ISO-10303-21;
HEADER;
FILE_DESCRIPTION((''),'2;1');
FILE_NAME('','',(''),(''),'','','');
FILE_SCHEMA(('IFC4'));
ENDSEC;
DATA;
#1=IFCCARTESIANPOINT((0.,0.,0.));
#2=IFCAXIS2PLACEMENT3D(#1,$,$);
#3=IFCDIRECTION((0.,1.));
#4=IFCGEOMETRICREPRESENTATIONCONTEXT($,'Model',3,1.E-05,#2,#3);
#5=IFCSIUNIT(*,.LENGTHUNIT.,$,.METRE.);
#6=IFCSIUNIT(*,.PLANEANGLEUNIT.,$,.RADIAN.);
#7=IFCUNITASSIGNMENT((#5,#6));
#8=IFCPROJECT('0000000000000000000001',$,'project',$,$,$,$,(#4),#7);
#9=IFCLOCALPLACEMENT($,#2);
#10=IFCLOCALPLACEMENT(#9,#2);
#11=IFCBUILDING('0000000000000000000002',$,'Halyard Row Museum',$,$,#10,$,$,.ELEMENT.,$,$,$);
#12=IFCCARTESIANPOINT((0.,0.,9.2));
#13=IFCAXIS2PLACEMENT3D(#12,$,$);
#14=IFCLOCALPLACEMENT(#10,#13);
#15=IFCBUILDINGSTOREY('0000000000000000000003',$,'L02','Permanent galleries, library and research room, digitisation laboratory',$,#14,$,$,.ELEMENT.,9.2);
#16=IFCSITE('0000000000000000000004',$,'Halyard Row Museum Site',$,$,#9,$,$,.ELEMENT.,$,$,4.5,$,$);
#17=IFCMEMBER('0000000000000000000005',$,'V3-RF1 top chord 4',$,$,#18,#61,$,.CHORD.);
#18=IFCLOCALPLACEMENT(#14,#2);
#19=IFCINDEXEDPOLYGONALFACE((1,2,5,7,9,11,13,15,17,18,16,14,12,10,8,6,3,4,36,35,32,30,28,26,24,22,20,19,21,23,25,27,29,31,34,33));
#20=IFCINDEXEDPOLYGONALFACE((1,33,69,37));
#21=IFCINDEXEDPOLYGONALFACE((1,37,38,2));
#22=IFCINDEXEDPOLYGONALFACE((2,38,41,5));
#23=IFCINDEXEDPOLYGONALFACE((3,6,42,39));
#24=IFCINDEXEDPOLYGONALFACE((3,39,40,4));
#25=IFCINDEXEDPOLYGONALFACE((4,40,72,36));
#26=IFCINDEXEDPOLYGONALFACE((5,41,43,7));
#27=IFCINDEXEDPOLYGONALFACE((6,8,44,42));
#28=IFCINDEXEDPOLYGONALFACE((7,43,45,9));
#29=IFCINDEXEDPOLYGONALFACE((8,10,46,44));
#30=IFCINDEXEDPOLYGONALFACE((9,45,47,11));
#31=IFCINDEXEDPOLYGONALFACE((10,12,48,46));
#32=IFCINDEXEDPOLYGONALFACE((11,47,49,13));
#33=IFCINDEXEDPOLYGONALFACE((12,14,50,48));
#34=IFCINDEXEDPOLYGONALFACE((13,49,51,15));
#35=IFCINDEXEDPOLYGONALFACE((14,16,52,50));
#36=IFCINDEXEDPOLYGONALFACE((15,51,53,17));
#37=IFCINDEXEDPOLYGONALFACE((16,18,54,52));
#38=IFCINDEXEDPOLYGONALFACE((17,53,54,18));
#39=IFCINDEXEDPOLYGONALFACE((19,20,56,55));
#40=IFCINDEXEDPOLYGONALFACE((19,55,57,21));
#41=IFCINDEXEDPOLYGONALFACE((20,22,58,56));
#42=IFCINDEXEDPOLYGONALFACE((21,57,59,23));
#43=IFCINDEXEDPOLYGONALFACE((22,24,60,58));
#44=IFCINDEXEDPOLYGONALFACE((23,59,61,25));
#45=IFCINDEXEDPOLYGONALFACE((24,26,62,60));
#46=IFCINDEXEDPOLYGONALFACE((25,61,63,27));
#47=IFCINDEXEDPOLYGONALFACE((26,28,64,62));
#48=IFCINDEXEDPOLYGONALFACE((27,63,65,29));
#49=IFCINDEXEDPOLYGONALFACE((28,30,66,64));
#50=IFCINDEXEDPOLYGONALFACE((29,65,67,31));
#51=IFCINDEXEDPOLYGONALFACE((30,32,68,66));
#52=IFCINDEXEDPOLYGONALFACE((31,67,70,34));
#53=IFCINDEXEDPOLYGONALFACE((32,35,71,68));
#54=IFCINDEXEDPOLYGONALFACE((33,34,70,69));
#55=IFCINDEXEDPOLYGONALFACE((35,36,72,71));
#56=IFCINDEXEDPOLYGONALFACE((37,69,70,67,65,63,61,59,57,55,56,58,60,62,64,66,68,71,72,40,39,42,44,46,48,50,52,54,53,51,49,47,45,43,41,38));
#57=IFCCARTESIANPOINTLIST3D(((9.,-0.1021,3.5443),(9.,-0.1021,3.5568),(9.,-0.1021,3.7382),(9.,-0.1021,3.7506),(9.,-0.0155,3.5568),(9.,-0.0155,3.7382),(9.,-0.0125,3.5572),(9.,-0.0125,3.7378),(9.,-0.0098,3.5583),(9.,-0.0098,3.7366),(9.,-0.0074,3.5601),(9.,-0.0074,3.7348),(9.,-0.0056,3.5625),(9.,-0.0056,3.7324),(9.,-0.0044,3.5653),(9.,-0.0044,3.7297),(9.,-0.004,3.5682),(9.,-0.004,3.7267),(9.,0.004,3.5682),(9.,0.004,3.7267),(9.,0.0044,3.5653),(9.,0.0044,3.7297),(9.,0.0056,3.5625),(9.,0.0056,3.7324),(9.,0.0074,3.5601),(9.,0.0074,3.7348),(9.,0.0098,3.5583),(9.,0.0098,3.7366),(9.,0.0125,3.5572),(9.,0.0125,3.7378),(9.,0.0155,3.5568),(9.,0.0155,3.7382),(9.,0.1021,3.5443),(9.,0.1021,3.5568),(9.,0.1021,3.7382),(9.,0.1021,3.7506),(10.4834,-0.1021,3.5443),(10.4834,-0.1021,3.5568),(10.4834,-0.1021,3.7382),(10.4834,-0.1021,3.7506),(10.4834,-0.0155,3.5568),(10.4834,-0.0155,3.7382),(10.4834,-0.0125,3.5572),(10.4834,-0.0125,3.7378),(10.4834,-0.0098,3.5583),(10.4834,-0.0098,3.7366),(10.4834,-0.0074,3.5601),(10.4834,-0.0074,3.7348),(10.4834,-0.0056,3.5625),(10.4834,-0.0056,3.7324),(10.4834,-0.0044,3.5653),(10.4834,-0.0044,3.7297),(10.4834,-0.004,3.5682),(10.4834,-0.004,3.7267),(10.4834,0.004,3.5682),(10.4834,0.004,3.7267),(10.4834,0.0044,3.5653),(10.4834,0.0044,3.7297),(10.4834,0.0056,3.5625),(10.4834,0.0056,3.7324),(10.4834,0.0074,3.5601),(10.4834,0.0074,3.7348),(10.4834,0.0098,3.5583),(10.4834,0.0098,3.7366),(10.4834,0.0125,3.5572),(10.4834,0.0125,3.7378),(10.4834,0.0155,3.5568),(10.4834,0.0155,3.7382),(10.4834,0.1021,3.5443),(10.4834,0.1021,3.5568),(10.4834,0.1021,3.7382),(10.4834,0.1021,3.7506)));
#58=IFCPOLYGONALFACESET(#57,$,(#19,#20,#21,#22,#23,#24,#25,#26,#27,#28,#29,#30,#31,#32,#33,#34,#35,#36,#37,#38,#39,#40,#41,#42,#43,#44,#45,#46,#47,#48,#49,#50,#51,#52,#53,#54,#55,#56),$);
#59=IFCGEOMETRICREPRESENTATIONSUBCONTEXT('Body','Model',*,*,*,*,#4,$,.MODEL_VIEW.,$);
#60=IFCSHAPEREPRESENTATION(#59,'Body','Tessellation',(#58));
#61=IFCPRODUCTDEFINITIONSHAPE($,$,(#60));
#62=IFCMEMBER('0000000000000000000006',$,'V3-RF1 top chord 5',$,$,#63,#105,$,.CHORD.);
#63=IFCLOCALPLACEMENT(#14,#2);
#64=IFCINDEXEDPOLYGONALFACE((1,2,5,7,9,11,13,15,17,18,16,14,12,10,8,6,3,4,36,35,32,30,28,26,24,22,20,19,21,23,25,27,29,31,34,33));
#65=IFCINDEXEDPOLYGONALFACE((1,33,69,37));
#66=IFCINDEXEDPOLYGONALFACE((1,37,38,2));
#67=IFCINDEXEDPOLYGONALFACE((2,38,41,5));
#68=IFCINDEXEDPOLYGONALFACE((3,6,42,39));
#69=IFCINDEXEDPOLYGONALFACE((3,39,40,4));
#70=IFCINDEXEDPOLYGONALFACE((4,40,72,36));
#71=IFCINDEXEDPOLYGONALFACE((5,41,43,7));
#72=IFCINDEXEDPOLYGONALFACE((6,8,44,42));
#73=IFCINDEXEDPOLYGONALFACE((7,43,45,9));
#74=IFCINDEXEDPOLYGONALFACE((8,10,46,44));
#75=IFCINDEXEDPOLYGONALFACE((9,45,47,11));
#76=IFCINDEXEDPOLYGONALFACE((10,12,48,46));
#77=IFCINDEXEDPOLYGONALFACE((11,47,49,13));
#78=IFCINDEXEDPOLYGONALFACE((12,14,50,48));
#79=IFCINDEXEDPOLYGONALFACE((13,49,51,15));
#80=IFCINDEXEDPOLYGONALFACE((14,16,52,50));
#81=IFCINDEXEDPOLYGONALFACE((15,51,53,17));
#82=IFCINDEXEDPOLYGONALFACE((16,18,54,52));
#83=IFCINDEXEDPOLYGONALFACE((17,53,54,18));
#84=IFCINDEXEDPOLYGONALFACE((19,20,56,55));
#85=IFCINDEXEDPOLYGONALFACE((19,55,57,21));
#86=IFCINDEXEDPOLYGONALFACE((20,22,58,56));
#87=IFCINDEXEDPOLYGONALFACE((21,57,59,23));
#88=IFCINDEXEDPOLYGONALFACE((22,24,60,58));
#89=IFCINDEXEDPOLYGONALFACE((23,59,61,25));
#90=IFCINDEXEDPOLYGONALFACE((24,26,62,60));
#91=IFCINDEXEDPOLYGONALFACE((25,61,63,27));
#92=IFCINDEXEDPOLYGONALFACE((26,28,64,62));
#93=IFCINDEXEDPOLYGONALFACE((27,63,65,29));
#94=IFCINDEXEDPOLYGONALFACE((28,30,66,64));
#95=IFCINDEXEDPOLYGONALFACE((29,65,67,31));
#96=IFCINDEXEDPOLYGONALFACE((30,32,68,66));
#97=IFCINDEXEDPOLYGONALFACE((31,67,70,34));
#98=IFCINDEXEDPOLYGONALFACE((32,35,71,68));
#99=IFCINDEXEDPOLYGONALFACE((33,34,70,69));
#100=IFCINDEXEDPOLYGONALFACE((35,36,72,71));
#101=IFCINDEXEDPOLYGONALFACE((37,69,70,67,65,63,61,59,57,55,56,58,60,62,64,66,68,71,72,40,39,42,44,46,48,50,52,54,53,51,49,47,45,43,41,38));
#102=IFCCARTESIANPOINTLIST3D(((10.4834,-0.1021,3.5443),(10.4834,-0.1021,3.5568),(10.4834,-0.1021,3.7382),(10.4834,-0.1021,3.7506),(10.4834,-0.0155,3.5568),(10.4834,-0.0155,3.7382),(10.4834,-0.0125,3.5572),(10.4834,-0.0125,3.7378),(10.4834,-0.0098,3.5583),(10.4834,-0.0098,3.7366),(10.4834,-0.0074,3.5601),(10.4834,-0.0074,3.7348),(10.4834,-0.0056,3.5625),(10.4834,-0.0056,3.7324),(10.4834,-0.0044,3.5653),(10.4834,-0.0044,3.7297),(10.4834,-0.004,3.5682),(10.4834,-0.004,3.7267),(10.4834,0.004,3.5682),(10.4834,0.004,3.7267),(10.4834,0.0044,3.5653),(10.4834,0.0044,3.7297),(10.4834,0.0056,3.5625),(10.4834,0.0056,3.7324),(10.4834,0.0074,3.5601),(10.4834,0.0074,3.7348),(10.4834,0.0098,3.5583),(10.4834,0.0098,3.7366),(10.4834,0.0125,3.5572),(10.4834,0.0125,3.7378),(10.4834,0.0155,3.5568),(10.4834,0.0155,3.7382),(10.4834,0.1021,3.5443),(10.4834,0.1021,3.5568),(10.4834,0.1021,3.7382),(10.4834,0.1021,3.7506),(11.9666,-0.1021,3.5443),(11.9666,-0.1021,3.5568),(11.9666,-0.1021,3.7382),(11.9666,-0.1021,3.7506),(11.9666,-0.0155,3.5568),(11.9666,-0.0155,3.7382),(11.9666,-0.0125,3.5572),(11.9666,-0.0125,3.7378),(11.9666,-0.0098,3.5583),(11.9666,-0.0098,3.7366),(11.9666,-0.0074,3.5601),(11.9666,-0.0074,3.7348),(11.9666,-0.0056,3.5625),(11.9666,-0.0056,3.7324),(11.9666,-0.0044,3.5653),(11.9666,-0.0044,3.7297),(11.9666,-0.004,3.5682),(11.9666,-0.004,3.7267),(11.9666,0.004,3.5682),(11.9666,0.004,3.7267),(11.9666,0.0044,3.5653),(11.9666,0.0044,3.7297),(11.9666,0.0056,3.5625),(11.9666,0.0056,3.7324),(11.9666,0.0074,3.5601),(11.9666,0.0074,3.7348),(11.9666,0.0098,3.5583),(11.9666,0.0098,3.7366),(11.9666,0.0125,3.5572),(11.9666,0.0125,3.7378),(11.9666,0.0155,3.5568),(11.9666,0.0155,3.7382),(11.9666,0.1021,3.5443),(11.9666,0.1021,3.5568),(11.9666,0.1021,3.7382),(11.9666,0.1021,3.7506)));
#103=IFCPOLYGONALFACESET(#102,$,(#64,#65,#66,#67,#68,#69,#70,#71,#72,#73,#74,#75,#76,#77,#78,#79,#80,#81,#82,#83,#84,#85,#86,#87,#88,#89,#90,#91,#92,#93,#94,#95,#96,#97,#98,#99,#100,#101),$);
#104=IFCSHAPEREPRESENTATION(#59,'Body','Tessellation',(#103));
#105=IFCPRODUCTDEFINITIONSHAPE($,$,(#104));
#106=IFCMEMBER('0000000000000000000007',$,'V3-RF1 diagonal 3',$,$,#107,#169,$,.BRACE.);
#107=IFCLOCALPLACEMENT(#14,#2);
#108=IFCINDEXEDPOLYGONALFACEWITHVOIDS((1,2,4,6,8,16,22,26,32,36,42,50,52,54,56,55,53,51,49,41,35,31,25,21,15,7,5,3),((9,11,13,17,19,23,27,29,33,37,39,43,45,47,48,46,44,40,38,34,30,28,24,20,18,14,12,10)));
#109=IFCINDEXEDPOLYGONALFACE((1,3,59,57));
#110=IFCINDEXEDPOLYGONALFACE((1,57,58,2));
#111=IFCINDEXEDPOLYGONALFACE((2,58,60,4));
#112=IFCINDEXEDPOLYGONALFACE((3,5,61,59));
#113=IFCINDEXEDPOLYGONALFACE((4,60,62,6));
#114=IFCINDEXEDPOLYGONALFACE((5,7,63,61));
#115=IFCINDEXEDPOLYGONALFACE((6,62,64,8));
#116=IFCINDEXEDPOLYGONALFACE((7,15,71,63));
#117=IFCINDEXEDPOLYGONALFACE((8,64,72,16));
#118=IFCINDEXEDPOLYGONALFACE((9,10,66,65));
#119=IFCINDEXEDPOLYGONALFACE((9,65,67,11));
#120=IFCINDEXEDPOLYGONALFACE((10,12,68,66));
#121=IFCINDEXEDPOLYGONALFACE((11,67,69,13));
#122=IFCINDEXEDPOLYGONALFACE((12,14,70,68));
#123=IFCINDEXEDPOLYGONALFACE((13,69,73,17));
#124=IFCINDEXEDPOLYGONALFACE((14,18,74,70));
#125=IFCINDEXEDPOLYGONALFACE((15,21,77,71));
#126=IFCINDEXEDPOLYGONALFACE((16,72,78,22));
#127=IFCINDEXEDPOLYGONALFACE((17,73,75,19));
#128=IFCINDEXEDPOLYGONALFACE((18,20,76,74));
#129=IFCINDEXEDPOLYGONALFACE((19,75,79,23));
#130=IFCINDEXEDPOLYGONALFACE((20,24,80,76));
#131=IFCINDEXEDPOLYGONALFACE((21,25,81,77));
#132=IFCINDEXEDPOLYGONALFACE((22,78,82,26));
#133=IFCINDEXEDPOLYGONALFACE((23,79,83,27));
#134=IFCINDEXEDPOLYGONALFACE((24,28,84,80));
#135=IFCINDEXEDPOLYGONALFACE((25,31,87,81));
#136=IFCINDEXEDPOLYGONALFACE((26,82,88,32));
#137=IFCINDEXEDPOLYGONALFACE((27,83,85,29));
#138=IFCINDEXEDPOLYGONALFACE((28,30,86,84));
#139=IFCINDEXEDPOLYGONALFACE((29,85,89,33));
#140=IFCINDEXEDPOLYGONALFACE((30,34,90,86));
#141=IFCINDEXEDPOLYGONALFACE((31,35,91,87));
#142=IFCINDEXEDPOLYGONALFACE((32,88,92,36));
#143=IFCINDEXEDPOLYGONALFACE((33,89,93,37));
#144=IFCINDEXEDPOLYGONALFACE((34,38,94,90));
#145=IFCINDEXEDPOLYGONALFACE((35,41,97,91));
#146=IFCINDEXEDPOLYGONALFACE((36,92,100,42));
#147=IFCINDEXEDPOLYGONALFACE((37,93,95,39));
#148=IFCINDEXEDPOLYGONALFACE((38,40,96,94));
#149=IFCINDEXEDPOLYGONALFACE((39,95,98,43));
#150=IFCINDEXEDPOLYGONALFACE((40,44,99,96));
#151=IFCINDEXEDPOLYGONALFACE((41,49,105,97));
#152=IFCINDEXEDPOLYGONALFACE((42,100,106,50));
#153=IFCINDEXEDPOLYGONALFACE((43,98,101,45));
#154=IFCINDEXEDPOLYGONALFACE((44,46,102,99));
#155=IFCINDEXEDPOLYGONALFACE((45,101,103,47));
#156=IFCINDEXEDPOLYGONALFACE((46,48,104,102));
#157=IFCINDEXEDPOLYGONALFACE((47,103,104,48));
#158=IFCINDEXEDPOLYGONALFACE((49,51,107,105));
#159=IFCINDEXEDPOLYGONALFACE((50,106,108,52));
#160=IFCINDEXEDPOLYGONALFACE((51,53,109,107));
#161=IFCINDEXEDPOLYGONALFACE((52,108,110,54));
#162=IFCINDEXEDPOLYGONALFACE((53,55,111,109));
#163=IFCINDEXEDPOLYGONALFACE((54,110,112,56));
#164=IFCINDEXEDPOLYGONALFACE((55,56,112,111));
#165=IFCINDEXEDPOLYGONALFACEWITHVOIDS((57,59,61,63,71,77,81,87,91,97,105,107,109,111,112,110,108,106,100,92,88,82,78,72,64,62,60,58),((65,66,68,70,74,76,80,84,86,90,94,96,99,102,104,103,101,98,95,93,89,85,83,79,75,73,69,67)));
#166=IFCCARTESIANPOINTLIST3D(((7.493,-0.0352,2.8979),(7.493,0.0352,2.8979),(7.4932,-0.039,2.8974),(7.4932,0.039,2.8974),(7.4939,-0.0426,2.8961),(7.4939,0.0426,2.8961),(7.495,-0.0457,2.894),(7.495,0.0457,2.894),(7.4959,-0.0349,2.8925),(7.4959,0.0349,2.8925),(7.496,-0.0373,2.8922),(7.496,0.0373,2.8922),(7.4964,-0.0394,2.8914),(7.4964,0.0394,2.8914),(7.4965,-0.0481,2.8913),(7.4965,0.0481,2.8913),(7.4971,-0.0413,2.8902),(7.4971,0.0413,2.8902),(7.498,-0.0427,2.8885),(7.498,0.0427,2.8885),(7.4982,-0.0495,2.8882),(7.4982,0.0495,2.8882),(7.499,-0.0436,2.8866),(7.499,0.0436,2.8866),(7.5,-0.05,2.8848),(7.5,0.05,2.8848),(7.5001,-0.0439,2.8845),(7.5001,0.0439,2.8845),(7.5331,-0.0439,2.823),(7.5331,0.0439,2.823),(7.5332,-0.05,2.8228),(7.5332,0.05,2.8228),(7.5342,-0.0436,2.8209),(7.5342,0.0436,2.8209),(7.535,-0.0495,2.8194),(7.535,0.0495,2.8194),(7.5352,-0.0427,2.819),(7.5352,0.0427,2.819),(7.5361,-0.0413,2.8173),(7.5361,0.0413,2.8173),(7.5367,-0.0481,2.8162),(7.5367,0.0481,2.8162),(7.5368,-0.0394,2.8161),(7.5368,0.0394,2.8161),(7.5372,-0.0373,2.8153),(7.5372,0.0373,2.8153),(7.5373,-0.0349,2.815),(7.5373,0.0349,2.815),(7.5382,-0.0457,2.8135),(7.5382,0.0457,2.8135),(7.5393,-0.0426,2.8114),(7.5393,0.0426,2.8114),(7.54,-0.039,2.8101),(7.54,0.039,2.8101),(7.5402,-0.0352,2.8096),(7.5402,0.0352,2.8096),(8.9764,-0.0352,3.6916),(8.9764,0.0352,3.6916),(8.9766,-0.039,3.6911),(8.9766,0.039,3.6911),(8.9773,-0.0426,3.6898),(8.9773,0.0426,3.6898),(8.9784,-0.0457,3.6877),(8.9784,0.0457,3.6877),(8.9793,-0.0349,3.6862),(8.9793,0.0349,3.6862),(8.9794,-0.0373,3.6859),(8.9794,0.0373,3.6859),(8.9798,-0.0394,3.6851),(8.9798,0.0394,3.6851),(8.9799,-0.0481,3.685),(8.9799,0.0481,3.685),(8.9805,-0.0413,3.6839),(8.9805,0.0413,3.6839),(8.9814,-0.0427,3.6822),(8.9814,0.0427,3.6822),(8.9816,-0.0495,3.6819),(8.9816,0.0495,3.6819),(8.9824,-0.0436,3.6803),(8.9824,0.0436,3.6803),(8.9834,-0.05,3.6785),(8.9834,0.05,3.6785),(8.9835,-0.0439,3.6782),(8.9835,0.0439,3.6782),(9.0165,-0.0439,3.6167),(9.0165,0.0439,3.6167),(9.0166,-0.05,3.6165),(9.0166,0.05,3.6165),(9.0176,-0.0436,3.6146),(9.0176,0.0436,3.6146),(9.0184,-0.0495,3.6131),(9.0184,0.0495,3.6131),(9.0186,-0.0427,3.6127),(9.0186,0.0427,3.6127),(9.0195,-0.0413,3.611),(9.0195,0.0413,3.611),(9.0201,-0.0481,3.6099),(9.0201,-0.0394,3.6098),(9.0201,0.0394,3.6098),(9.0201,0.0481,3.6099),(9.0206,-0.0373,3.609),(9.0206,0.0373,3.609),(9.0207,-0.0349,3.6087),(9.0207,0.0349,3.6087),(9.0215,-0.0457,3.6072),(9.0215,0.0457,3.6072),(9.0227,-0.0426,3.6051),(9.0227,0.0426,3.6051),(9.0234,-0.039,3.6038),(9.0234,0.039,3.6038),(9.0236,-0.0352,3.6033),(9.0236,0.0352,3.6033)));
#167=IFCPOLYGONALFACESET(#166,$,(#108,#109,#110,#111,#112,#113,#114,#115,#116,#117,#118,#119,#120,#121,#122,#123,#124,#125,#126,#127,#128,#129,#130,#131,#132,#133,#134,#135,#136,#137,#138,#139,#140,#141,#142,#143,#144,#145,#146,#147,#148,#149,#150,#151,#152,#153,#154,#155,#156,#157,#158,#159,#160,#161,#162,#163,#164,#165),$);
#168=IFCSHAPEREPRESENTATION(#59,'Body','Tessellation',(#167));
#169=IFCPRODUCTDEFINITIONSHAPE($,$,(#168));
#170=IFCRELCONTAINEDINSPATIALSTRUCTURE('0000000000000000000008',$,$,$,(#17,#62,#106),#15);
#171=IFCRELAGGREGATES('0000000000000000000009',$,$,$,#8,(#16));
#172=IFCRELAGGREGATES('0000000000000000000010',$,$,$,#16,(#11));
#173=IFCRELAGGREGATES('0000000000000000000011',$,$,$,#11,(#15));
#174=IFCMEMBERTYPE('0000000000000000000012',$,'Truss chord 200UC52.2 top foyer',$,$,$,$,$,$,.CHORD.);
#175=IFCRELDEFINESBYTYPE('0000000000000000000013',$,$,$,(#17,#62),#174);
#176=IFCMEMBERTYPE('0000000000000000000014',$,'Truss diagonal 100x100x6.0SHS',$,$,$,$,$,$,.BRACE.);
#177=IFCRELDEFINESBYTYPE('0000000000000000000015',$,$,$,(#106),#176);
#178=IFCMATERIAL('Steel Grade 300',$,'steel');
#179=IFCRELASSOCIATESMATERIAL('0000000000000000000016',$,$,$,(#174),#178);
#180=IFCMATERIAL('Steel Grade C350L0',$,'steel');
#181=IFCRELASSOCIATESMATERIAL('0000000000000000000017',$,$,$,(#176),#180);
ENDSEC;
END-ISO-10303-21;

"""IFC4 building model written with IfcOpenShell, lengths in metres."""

from ifc_helpers import new_model, si_unit, direction, frame, origin, origin_2d, place, context, subcontext, project, spatial, hollow_rectangle, i_section, extrude, material, material_profile, profile_set, type_object, element, save


model = new_model("IFC4")

# Units and contexts
model_context = context("Model", 3, precision=1e-05, world=origin(), true_north=direction((0.0, 1.0)))
body_context = subcontext(model_context, "Body", "Model", "MODEL_VIEW")
ifc_project = project(units=[si_unit("LENGTHUNIT", "METRE"), si_unit("PLANEANGLEUNIT", "RADIAN")], contexts=[model_context])

# Site, building, storey
site_placement = place(None, origin())
site = spatial("IfcSite", under=ifc_project, at=site_placement, Name="Halyard Row Museum Site", CompositionType="ELEMENT", RefElevation=4.5)
building_placement = place(site_placement, origin())
building = spatial("IfcBuilding", under=site, at=building_placement, Name="Halyard Row Museum", CompositionType="ELEMENT")
storey_placement = place(building_placement, frame((0.0, 0.0, 9.2)))
storey = spatial("IfcBuildingStorey", under=building, at=storey_placement, Name="L02", Description="Permanent galleries, library and research room, digitisation laboratory", CompositionType="ELEMENT", Elevation=9.2)

# Members
ifc_material_1 = material(Name="Steel Grade 300", Category="steel")
ifc_material_profile_1 = material_profile(ifc_material_1, i_section(OverallWidth=0.2041, OverallDepth=0.2063, WebThickness=0.0081, FlangeThickness=0.0125, FilletRadius=0.0115, at=origin_2d()), Name="200UC52.2")
ifc_profile_set_1 = profile_set([ifc_material_profile_1], Name="Steel Grade 300")
member_type_1 = type_object("IfcMemberType", Name="Truss chord 200UC52.2 top foyer", PredefinedType="CHORD", material=ifc_profile_set_1)
member_1_placement = place(storey_placement, frame((9.0, 0.0, 3.6475), z_axis=(1.0, 0.0, 0.0), x_axis=(0.0, 1.0, 0.0)))
element("IfcMember", 1, at=member_1_placement, inside=storey, type_object=member_type_1, Name="V3-RF1 top chord 4", PredefinedType="CHORD", context=body_context, shape_type="SweptSolid", body=[
    extrude(i_section(OverallWidth=0.2041, OverallDepth=0.2063, WebThickness=0.0081, FlangeThickness=0.0125, FilletRadius=0.0115, at=origin_2d()), origin(), (0.0, 0.0, 1.0), 1.4834),
])
member_2_placement = place(storey_placement, frame((10.4834, 0.0, 3.6475), z_axis=(1.0, 0.0, 0.0), x_axis=(0.0, 1.0, 0.0)))
element("IfcMember", 2, at=member_2_placement, inside=storey, type_object=member_type_1, Name="V3-RF1 top chord 5", PredefinedType="CHORD", context=body_context, shape_type="SweptSolid", body=[
    extrude(i_section(OverallWidth=0.2041, OverallDepth=0.2063, WebThickness=0.0081, FlangeThickness=0.0125, FilletRadius=0.0115, at=origin_2d()), origin(), (0.0, 0.0, 1.0), 1.4832),
])
ifc_material_2 = material(Name="Steel Grade C350L0", Category="steel")
ifc_material_profile_2 = material_profile(ifc_material_2, hollow_rectangle(XDim=0.1001, YDim=0.1001, WallThickness=0.0061, InnerFilletRadius=0.009, OuterFilletRadius=0.0149, at=origin_2d()), Name="100x100x6.0SHS")
ifc_profile_set_2 = profile_set([ifc_material_profile_2], Name="Steel Grade C350L0")
member_type_2 = type_object("IfcMemberType", Name="Truss diagonal 100x100x6.0SHS", PredefinedType="BRACE", material=ifc_profile_set_2)
for number, where, z_axis, x_axis, name in (
    (3, (7.5166, 0.0, 2.8538), (0.881721, 0.0, 0.47177), (0.0, 1.0, 0.0), "V3-RF1 diagonal 3"),
):
    element("IfcMember", number, at=place(storey_placement, frame(where, z_axis=z_axis, x_axis=x_axis)), inside=storey, type_object=member_type_2, Name=name, PredefinedType="BRACE", context=body_context, shape_type="SweptSolid", body=[
        extrude(hollow_rectangle(XDim=0.1001, YDim=0.1001, WallThickness=0.0061, InnerFilletRadius=0.009, OuterFilletRadius=0.0149, at=origin_2d()), origin(), (0.0, 0.0, 1.0), 1.6824),
    ])

save(model, "model.ifc")
